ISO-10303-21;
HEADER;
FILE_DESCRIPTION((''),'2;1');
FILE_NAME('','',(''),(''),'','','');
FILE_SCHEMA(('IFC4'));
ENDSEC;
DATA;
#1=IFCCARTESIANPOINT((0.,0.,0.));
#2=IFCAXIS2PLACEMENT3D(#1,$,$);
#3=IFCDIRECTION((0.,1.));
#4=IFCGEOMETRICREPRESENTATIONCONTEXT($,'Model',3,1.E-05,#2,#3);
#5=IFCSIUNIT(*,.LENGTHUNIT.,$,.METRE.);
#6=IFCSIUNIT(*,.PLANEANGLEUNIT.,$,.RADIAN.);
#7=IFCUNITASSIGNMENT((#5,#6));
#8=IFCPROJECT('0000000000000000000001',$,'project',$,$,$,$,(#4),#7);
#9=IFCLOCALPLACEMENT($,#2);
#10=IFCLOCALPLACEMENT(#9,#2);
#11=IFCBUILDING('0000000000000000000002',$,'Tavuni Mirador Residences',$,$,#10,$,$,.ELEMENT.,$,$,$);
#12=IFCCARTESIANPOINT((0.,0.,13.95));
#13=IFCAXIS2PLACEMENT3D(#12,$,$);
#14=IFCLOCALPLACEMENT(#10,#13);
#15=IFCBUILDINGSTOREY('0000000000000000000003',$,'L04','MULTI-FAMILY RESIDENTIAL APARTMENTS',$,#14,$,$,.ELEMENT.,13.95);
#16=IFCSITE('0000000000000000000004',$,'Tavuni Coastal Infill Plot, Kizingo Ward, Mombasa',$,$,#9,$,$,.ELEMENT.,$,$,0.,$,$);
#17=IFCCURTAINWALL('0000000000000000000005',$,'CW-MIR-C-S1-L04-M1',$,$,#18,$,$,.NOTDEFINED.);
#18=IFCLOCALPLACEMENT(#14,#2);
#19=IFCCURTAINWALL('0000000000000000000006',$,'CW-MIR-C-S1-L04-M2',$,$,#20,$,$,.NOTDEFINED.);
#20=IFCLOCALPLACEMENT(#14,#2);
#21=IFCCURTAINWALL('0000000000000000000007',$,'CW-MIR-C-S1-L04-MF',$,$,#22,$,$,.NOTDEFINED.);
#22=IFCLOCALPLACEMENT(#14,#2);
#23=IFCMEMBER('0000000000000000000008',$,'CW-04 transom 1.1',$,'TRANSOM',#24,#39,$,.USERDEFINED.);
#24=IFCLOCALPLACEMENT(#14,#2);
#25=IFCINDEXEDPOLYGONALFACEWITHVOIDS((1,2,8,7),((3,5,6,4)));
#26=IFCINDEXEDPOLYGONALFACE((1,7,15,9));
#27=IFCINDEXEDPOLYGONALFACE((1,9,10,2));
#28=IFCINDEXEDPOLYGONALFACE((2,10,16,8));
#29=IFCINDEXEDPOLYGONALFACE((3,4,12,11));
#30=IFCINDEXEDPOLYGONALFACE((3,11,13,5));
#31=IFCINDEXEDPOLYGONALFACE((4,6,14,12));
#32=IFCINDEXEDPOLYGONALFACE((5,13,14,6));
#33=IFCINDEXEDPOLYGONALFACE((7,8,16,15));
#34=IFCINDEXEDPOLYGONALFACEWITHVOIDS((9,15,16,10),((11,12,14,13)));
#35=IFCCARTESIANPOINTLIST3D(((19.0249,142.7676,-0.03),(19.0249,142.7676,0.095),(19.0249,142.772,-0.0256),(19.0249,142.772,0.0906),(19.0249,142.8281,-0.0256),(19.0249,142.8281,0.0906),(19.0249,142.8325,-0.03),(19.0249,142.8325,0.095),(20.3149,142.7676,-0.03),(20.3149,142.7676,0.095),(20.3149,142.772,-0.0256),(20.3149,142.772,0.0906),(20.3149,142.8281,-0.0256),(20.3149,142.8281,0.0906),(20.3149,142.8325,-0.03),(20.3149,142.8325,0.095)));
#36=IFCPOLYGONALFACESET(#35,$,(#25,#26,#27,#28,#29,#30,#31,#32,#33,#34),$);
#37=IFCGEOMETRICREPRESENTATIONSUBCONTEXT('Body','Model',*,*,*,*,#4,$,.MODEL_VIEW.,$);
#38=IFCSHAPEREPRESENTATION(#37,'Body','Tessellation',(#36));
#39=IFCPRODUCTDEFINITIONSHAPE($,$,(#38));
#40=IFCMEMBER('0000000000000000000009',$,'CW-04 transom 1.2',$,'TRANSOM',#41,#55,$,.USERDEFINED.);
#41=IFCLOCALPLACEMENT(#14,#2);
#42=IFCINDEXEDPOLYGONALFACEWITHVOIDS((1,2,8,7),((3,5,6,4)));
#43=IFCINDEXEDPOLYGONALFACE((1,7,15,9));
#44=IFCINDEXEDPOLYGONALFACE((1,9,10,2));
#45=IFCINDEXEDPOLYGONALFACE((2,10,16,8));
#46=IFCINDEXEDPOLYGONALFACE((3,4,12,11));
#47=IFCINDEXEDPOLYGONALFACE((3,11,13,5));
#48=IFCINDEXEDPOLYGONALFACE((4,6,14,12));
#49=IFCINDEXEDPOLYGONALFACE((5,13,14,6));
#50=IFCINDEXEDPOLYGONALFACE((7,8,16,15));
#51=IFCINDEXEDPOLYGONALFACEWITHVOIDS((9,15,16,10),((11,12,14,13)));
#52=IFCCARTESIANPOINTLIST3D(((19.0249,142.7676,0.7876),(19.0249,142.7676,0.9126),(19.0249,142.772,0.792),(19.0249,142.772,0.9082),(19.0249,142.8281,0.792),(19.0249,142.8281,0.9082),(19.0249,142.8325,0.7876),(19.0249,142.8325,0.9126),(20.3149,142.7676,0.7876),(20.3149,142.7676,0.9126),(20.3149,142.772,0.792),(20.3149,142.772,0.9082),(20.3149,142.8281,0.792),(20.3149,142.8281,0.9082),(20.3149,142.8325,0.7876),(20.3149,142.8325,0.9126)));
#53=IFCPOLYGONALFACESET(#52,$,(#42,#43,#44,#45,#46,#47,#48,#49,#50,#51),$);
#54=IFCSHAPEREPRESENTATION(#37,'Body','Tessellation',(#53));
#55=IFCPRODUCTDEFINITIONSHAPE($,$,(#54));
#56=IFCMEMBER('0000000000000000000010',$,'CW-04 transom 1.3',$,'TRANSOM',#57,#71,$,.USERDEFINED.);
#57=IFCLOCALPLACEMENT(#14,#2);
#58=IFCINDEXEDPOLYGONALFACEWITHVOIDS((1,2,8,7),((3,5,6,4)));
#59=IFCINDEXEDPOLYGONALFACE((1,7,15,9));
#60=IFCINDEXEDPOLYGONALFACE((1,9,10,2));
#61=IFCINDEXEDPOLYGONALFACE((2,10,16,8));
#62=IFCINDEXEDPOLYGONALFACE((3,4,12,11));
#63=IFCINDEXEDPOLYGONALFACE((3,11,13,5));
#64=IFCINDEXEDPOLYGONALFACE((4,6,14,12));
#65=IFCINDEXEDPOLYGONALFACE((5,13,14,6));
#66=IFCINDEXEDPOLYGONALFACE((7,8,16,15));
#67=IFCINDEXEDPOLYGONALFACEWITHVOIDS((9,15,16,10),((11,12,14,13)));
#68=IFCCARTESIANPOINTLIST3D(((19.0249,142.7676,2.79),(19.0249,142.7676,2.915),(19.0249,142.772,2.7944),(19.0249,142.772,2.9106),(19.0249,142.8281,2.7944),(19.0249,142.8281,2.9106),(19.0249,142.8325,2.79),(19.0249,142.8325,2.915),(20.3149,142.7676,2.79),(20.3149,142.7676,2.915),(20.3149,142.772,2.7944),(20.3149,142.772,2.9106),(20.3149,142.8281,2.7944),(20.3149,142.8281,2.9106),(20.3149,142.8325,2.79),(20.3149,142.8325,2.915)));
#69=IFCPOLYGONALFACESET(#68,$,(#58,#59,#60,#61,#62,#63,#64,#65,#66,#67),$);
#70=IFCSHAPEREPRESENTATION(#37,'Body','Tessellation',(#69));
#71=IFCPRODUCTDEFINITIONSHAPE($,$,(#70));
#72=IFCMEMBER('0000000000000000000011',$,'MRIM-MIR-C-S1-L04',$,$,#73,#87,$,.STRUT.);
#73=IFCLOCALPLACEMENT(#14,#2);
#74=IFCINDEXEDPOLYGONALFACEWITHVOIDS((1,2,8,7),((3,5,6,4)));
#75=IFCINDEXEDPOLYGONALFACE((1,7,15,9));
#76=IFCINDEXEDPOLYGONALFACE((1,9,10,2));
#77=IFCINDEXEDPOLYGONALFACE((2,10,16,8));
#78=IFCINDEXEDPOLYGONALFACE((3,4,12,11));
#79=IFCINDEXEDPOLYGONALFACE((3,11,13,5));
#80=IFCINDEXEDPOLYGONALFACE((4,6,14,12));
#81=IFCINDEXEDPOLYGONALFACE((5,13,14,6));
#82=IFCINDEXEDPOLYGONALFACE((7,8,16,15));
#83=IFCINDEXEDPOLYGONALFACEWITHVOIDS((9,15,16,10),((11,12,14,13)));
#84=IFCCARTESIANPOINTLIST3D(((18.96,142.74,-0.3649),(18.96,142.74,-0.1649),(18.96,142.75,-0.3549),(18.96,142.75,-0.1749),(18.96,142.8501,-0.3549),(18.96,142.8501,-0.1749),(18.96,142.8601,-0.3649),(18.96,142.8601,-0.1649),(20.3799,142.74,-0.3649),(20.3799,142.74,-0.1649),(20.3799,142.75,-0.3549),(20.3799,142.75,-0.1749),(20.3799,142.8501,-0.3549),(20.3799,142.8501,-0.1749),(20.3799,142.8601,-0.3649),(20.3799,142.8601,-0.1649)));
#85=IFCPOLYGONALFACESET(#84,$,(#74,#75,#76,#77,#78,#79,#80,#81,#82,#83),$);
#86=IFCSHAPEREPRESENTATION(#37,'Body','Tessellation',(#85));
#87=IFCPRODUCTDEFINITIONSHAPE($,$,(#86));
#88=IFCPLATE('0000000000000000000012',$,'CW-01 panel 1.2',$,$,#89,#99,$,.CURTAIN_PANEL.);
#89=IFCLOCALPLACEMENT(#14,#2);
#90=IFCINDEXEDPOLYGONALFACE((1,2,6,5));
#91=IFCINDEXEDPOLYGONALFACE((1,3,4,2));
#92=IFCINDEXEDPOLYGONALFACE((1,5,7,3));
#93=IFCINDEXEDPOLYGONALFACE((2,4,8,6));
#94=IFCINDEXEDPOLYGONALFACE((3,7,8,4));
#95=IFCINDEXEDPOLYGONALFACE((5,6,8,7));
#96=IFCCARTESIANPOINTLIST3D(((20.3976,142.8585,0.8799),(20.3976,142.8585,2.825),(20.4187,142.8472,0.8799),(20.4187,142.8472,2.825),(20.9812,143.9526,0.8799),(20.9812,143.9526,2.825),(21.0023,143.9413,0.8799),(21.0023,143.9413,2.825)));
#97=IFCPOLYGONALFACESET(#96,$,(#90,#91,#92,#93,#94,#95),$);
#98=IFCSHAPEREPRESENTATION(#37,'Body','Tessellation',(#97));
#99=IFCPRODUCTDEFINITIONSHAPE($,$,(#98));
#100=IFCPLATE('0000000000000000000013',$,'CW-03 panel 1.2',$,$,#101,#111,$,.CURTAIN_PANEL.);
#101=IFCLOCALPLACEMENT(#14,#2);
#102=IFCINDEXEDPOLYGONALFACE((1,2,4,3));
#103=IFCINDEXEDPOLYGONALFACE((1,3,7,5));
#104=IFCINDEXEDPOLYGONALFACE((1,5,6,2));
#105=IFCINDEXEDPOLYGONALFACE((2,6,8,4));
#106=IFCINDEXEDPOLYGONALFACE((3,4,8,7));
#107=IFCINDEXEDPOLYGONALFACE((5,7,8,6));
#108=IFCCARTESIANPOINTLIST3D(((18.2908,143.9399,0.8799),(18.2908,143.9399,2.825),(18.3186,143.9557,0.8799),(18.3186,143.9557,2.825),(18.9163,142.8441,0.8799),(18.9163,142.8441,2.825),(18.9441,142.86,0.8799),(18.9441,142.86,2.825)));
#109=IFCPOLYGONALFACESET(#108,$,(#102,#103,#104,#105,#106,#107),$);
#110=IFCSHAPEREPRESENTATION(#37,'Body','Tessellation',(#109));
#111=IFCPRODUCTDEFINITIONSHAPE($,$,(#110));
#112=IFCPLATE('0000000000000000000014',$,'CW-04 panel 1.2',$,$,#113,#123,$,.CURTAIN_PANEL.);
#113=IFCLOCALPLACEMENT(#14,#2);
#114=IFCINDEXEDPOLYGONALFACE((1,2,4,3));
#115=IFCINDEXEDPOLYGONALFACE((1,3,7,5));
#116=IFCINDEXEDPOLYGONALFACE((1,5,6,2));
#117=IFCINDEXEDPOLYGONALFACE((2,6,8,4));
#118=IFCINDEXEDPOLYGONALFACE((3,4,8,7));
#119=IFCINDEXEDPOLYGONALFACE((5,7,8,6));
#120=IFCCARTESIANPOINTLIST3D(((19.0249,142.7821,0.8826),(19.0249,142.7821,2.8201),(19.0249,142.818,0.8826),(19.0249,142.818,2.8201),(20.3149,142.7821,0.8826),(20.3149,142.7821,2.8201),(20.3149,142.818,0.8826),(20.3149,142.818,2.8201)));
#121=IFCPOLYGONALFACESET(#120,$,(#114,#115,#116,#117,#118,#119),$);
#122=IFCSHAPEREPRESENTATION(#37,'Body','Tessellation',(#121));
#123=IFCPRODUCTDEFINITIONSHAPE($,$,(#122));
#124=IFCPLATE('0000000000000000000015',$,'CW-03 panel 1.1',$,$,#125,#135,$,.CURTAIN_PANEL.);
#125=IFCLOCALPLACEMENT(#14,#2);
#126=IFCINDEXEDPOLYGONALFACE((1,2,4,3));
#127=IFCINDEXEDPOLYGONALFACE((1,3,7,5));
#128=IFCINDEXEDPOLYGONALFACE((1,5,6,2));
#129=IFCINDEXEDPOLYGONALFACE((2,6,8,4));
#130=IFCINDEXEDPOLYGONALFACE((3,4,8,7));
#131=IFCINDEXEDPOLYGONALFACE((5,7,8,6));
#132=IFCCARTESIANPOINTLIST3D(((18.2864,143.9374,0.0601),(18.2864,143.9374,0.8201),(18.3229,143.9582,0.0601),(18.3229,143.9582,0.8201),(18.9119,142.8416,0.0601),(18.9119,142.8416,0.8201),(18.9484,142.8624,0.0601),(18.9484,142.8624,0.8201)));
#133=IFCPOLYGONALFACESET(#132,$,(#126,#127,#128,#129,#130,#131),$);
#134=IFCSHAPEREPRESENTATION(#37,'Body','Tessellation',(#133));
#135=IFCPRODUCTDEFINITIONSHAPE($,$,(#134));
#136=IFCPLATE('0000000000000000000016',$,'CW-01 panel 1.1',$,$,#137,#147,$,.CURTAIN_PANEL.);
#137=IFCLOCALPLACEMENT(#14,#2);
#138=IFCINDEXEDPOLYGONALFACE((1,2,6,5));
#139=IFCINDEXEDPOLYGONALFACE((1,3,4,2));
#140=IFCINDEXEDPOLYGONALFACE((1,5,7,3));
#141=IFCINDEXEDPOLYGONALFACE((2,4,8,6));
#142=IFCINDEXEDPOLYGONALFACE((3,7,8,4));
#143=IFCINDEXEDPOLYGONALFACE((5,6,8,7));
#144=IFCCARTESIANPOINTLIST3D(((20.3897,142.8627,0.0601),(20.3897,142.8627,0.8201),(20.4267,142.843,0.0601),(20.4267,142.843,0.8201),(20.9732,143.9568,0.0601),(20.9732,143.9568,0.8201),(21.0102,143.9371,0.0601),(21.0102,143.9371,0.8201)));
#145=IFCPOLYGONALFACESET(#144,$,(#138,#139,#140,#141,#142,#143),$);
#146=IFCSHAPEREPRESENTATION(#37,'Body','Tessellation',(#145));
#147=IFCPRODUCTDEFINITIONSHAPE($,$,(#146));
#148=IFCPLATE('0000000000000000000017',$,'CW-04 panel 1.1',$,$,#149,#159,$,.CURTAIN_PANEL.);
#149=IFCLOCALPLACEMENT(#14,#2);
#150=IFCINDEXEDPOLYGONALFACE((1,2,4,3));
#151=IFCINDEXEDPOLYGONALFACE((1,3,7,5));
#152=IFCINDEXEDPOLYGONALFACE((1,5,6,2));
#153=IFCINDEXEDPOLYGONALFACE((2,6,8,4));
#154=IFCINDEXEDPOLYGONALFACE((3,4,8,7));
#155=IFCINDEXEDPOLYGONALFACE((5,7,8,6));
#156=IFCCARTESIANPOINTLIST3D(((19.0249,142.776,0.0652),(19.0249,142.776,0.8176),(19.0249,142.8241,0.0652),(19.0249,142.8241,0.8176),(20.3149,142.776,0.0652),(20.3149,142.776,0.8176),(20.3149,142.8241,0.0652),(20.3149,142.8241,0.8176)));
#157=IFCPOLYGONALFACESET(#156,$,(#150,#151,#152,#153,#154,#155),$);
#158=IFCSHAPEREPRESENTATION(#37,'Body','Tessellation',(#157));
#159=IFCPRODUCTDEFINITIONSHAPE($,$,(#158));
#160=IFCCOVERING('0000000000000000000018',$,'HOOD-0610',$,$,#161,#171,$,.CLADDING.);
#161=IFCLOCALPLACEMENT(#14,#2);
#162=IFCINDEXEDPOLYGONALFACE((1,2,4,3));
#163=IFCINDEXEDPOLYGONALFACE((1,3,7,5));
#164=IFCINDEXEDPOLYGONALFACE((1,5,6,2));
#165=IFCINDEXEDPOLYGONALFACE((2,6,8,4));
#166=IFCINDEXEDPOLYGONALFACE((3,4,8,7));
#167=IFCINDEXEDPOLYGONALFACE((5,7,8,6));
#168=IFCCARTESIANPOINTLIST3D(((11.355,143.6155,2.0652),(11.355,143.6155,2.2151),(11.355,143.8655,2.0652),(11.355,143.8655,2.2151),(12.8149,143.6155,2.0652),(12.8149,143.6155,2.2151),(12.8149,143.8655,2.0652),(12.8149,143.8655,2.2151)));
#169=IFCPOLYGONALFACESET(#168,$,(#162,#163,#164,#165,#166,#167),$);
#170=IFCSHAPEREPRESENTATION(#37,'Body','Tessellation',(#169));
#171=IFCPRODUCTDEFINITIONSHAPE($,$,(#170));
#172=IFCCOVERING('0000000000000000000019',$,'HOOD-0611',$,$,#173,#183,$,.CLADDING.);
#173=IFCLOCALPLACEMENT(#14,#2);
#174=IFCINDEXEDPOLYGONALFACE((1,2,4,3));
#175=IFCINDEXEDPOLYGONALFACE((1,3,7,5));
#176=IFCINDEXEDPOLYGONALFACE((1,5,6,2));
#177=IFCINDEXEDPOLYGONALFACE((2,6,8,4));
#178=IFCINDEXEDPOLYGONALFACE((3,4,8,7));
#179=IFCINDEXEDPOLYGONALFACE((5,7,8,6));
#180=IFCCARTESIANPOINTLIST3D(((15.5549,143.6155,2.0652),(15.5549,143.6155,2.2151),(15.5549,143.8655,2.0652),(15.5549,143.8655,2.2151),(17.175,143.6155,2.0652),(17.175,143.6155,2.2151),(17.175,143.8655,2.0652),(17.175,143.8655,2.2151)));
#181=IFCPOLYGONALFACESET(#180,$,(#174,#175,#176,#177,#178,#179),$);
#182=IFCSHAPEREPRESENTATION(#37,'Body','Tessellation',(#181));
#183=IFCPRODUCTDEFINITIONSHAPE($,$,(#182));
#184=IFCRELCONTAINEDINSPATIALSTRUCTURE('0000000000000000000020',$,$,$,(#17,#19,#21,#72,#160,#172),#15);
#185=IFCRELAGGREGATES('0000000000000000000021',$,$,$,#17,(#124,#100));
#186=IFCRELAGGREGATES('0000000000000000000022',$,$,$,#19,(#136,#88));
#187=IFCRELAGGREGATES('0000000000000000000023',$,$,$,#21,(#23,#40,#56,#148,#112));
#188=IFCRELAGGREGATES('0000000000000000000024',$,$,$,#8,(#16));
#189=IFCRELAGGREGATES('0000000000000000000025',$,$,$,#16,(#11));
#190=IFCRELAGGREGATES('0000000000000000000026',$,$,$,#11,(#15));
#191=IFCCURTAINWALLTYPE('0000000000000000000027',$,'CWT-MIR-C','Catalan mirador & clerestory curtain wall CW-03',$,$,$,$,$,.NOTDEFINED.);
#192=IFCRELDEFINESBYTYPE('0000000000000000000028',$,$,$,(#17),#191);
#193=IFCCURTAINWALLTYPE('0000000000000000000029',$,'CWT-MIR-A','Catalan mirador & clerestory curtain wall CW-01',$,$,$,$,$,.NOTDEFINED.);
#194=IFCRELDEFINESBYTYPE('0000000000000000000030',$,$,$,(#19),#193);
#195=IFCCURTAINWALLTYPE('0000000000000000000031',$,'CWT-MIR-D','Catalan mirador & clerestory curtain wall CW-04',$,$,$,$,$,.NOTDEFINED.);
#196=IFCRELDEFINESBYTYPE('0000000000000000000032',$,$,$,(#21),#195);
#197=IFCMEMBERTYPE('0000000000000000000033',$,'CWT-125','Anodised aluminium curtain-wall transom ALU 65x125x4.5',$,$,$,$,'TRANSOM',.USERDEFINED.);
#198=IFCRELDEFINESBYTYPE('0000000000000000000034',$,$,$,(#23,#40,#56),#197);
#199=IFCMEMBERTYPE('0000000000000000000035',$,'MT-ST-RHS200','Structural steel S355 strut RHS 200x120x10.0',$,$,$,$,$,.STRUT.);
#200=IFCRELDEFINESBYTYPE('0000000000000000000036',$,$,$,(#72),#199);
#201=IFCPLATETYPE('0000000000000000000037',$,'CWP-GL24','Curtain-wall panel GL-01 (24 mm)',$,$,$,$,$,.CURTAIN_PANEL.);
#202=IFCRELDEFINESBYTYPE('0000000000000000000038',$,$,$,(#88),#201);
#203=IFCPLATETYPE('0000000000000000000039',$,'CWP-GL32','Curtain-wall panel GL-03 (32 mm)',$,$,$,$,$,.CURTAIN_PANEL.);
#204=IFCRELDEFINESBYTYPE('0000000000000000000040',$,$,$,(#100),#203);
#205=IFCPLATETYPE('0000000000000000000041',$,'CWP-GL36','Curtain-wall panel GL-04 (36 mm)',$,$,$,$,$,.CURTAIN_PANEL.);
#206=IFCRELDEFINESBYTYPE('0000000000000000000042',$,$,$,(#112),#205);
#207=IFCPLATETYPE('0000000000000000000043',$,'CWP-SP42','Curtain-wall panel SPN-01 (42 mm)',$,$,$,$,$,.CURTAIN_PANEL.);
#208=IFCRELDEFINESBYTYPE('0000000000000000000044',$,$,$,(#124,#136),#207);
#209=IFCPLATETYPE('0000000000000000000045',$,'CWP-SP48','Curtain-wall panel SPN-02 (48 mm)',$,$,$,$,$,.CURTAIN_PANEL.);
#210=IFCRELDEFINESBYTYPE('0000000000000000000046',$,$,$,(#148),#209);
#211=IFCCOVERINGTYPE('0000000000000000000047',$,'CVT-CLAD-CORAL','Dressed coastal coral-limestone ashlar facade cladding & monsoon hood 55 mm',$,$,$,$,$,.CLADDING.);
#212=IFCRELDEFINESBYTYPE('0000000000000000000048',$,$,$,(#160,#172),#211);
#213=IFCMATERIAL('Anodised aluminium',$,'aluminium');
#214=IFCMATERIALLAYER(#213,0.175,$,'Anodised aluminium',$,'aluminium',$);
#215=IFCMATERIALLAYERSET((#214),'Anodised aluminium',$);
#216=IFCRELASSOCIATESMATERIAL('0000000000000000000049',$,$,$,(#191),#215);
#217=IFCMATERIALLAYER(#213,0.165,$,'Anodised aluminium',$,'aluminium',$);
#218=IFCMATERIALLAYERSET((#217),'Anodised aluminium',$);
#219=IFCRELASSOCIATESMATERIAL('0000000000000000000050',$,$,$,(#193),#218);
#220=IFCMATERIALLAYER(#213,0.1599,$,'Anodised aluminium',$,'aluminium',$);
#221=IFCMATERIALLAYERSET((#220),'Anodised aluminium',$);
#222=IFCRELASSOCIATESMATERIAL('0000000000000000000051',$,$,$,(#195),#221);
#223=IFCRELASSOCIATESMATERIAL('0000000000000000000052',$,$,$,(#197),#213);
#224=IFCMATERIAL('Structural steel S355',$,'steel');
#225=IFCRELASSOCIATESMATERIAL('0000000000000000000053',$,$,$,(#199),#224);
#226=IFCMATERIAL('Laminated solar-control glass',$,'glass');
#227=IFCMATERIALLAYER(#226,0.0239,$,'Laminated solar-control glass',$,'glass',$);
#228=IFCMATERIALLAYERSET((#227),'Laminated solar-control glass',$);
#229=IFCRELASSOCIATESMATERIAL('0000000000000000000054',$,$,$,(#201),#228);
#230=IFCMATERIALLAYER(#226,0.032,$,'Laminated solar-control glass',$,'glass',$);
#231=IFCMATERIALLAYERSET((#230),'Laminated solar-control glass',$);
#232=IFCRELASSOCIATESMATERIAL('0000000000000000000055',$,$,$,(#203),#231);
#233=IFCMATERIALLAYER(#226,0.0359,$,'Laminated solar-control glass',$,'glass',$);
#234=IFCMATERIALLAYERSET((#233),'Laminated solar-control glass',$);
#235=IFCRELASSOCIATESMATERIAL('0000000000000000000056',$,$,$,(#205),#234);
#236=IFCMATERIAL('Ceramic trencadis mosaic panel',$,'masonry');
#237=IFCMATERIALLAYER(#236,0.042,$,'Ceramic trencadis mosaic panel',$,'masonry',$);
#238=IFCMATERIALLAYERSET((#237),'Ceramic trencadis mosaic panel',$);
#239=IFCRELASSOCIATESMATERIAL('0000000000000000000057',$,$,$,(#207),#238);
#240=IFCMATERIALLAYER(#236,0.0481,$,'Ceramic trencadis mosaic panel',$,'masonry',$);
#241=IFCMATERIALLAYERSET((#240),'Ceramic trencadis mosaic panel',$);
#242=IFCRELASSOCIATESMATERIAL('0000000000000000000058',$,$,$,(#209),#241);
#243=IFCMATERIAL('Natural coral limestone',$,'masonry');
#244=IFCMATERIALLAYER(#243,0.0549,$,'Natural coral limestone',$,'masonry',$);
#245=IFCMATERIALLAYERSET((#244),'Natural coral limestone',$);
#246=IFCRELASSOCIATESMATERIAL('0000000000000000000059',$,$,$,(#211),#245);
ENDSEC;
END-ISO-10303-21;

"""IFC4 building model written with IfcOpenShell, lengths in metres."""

from ifc_helpers import new_model, si_unit, direction, frame, origin, origin_2d, place, context, subcontext, project, spatial, rectangle, hollow_rectangle, extrude, material, layer, layer_set, material_profile, profile_set, type_object, element, aggregate, save


model = new_model("IFC4")

# Units and contexts
model_context = context("Model", 3, precision=1e-05, world=origin(), true_north=direction((0.0, 1.0)))
body_context = subcontext(model_context, "Body", "Model", "MODEL_VIEW")
ifc_project = project(units=[si_unit("LENGTHUNIT", "METRE"), si_unit("PLANEANGLEUNIT", "RADIAN")], contexts=[model_context])

# Site, building, storey
site_placement = place(None, origin())
site = spatial("IfcSite", under=ifc_project, at=site_placement, Name="Tavuni Coastal Infill Plot, Kizingo Ward, Mombasa", CompositionType="ELEMENT", RefElevation=0.0)
building_placement = place(site_placement, origin())
building = spatial("IfcBuilding", under=site, at=building_placement, Name="Tavuni Mirador Residences", CompositionType="ELEMENT")
storey_placement = place(building_placement, frame((0.0, 0.0, 13.95)))
storey = spatial("IfcBuildingStorey", under=building, at=storey_placement, Name="L04", Description="MULTI-FAMILY RESIDENTIAL APARTMENTS", CompositionType="ELEMENT", Elevation=13.95)

# Curtain walls
ifc_material_1 = material(Name="Anodised aluminium", Category="aluminium")
ifc_layer_1 = layer(ifc_material_1, 0.175, Name="Anodised aluminium", Category="aluminium")
ifc_layer_set_1 = layer_set([ifc_layer_1], Name="Anodised aluminium")
curtain_wall_type_1 = type_object("IfcCurtainWallType", Name="CWT-MIR-C", Description="Catalan mirador & clerestory curtain wall CW-03", PredefinedType="NOTDEFINED", material=ifc_layer_set_1)
curtain_wall_1_placement = place(storey_placement, origin())
curtain_wall_1 = element("IfcCurtainWall", 1, at=curtain_wall_1_placement, inside=storey, type_object=curtain_wall_type_1, Name="CW-MIR-C-S1-L04-M1", PredefinedType="NOTDEFINED")
ifc_layer_2 = layer(ifc_material_1, 0.165, Name="Anodised aluminium", Category="aluminium")
ifc_layer_set_2 = layer_set([ifc_layer_2], Name="Anodised aluminium")
curtain_wall_type_2 = type_object("IfcCurtainWallType", Name="CWT-MIR-A", Description="Catalan mirador & clerestory curtain wall CW-01", PredefinedType="NOTDEFINED", material=ifc_layer_set_2)
curtain_wall_2_placement = place(storey_placement, origin())
curtain_wall_2 = element("IfcCurtainWall", 2, at=curtain_wall_2_placement, inside=storey, type_object=curtain_wall_type_2, Name="CW-MIR-C-S1-L04-M2", PredefinedType="NOTDEFINED")

# Curtain wall
ifc_layer_3 = layer(ifc_material_1, 0.1599, Name="Anodised aluminium", Category="aluminium")
ifc_layer_set_3 = layer_set([ifc_layer_3], Name="Anodised aluminium")
curtain_wall_type_3 = type_object("IfcCurtainWallType", Name="CWT-MIR-D", Description="Catalan mirador & clerestory curtain wall CW-04", PredefinedType="NOTDEFINED", material=ifc_layer_set_3)
curtain_wall_3_placement = place(storey_placement, origin())
curtain_wall_3 = element("IfcCurtainWall", 3, at=curtain_wall_3_placement, inside=storey, type_object=curtain_wall_type_3, Name="CW-MIR-C-S1-L04-MF", PredefinedType="NOTDEFINED")

# Members
ifc_material_profile_1 = material_profile(ifc_material_1, hollow_rectangle(XDim=0.0649, YDim=0.125, WallThickness=0.0044, at=origin_2d()), Name="ALU 65x125x4.5", Category="aluminium")
ifc_profile_set_1 = profile_set([ifc_material_profile_1], Name="Anodised aluminium")
member_type_1 = type_object("IfcMemberType", Name="CWT-125", Description="Anodised aluminium curtain-wall transom ALU 65x125x4.5", ElementType="TRANSOM", PredefinedType="USERDEFINED", material=ifc_profile_set_1)
member_1_placement = place(storey_placement, frame((19.0249, 142.8, 0.0325), z_axis=(1.0, 0.0, 0.0), x_axis=(0.0, 1.0, 0.0)))
member_1 = element("IfcMember", 4, at=member_1_placement, type_object=member_type_1, Name="CW-04 transom 1.1", ObjectType="TRANSOM", PredefinedType="USERDEFINED", context=body_context, shape_type="SweptSolid", body=[
    extrude(hollow_rectangle(XDim=0.0649, YDim=0.125, WallThickness=0.0044, at=origin_2d()), origin(), (0.0, 0.0, 1.0), 1.29),
])
member_2_placement = place(storey_placement, frame((19.0249, 142.8, 0.8501), z_axis=(1.0, 0.0, 0.0), x_axis=(0.0, 1.0, 0.0)))
member_2 = element("IfcMember", 5, at=member_2_placement, type_object=member_type_1, Name="CW-04 transom 1.2", ObjectType="TRANSOM", PredefinedType="USERDEFINED", context=body_context, shape_type="SweptSolid", body=[
    extrude(hollow_rectangle(XDim=0.0649, YDim=0.125, WallThickness=0.0044, at=origin_2d()), origin(), (0.0, 0.0, 1.0), 1.29),
])
member_3_placement = place(storey_placement, frame((19.0249, 142.8, 2.8525), z_axis=(1.0, 0.0, 0.0), x_axis=(0.0, 1.0, 0.0)))
member_3 = element("IfcMember", 6, at=member_3_placement, type_object=member_type_1, Name="CW-04 transom 1.3", ObjectType="TRANSOM", PredefinedType="USERDEFINED", context=body_context, shape_type="SweptSolid", body=[
    extrude(hollow_rectangle(XDim=0.0649, YDim=0.125, WallThickness=0.0044, at=origin_2d()), origin(), (0.0, 0.0, 1.0), 1.29),
])
ifc_material_2 = material(Name="Structural steel S355", Category="steel")
ifc_material_profile_2 = material_profile(ifc_material_2, hollow_rectangle(XDim=0.1201, YDim=0.2, WallThickness=0.01, at=origin_2d()), Name="RHS 200x120x10.0", Category="steel")
ifc_profile_set_2 = profile_set([ifc_material_profile_2], Name="Structural steel S355")
member_type_2 = type_object("IfcMemberType", Name="MT-ST-RHS200", Description="Structural steel S355 strut RHS 200x120x10.0", PredefinedType="STRUT", material=ifc_profile_set_2)
member_4_placement = place(storey_placement, frame((18.96, 142.8, -0.2649), z_axis=(1.0, 0.0, 0.0), x_axis=(0.0, 1.0, 0.0)))
element("IfcMember", 7, at=member_4_placement, inside=storey, type_object=member_type_2, Name="MRIM-MIR-C-S1-L04", PredefinedType="STRUT", context=body_context, shape_type="SweptSolid", body=[
    extrude(hollow_rectangle(XDim=0.1201, YDim=0.2, WallThickness=0.01, at=origin_2d()), origin(), (0.0, 0.0, 1.0), 1.4199),
])

# Plates
ifc_material_3 = material(Name="Laminated solar-control glass", Category="glass")
ifc_layer_4 = layer(ifc_material_3, 0.0239, Name="Laminated solar-control glass", Category="glass")
ifc_layer_set_4 = layer_set([ifc_layer_4], Name="Laminated solar-control glass")
plate_type_1 = type_object("IfcPlateType", Name="CWP-GL24", Description="Curtain-wall panel GL-01 (24 mm)", PredefinedType="CURTAIN_PANEL", material=ifc_layer_set_4)
plate_1_placement = place(storey_placement, frame((20.7, 143.3999, 0.8799), z_axis=(0.0, 0.0, 1.0), x_axis=(0.470588, 0.882353, 0.0)))
plate_1 = element("IfcPlate", 8, at=plate_1_placement, type_object=plate_type_1, Name="CW-01 panel 1.2", PredefinedType="CURTAIN_PANEL", context=body_context, shape_type="SweptSolid", body=[
    extrude(rectangle(XDim=1.24, YDim=0.0239, at=origin_2d()), origin(), (0.0, 0.0, 1.0), 1.9451),
])
ifc_layer_5 = layer(ifc_material_3, 0.032, Name="Laminated solar-control glass", Category="glass")
ifc_layer_set_5 = layer_set([ifc_layer_5], Name="Laminated solar-control glass")
plate_type_2 = type_object("IfcPlateType", Name="CWP-GL32", Description="Curtain-wall panel GL-03 (32 mm)", PredefinedType="CURTAIN_PANEL", material=ifc_layer_set_5)
plate_2_placement = place(storey_placement, frame((18.6174, 143.3999, 0.8799), z_axis=(0.0, 0.0, 1.0), x_axis=(0.495749, -0.868466, 0.0)))
plate_2 = element("IfcPlate", 9, at=plate_2_placement, type_object=plate_type_2, Name="CW-03 panel 1.2", PredefinedType="CURTAIN_PANEL", context=body_context, shape_type="SweptSolid", body=[
    extrude(rectangle(XDim=1.2617, YDim=0.032, at=origin_2d()), origin(), (0.0, 0.0, 1.0), 1.9451),
])
ifc_layer_6 = layer(ifc_material_3, 0.0359, Name="Laminated solar-control glass", Category="glass")
ifc_layer_set_6 = layer_set([ifc_layer_6], Name="Laminated solar-control glass")
plate_type_3 = type_object("IfcPlateType", Name="CWP-GL36", Description="Curtain-wall panel GL-04 (36 mm)", PredefinedType="CURTAIN_PANEL", material=ifc_layer_set_6)
plate_3_placement = place(storey_placement, frame((19.6699, 142.8, 0.8826), z_axis=(0.0, 0.0, 1.0), x_axis=(1.0, 0.0, 0.0)))
plate_3 = element("IfcPlate", 10, at=plate_3_placement, type_object=plate_type_3, Name="CW-04 panel 1.2", PredefinedType="CURTAIN_PANEL", context=body_context, shape_type="SweptSolid", body=[
    extrude(rectangle(XDim=1.29, YDim=0.0359, at=origin_2d()), origin(), (0.0, 0.0, 1.0), 1.9375),
])
ifc_material_4 = material(Name="Ceramic trencadis mosaic panel", Category="masonry")
ifc_layer_7 = layer(ifc_material_4, 0.042, Name="Ceramic trencadis mosaic panel", Category="masonry")
ifc_layer_set_7 = layer_set([ifc_layer_7], Name="Ceramic trencadis mosaic panel")
plate_type_4 = type_object("IfcPlateType", Name="CWP-SP42", Description="Curtain-wall panel SPN-01 (42 mm)", PredefinedType="CURTAIN_PANEL", material=ifc_layer_set_7)
plate_4_placement = place(storey_placement, frame((18.6174, 143.3999, 0.0601), z_axis=(0.0, 0.0, 1.0), x_axis=(0.495749, -0.868466, 0.0)))
plate_4 = element("IfcPlate", 11, at=plate_4_placement, type_object=plate_type_4, Name="CW-03 panel 1.1", PredefinedType="CURTAIN_PANEL", context=body_context, shape_type="SweptSolid", body=[
    extrude(rectangle(XDim=1.2617, YDim=0.042, at=origin_2d()), origin(), (0.0, 0.0, 1.0), 0.76),
])
aggregate(curtain_wall_1, [plate_4, plate_2])
plate_5_placement = place(storey_placement, frame((20.7, 143.3999, 0.0601), z_axis=(0.0, 0.0, 1.0), x_axis=(0.470588, 0.882353, 0.0)))
plate_5 = element("IfcPlate", 12, at=plate_5_placement, type_object=plate_type_4, Name="CW-01 panel 1.1", PredefinedType="CURTAIN_PANEL", context=body_context, shape_type="SweptSolid", body=[
    extrude(rectangle(XDim=1.24, YDim=0.042, at=origin_2d()), origin(), (0.0, 0.0, 1.0), 0.76),
])
aggregate(curtain_wall_2, [plate_5, plate_1])
ifc_layer_8 = layer(ifc_material_4, 0.0481, Name="Ceramic trencadis mosaic panel", Category="masonry")
ifc_layer_set_8 = layer_set([ifc_layer_8], Name="Ceramic trencadis mosaic panel")
plate_type_5 = type_object("IfcPlateType", Name="CWP-SP48", Description="Curtain-wall panel SPN-02 (48 mm)", PredefinedType="CURTAIN_PANEL", material=ifc_layer_set_8)
plate_6_placement = place(storey_placement, frame((19.6699, 142.8, 0.0652), z_axis=(0.0, 0.0, 1.0), x_axis=(1.0, 0.0, 0.0)))
plate_6 = element("IfcPlate", 13, at=plate_6_placement, type_object=plate_type_5, Name="CW-04 panel 1.1", PredefinedType="CURTAIN_PANEL", context=body_context, shape_type="SweptSolid", body=[
    extrude(rectangle(XDim=1.29, YDim=0.0481, at=origin_2d()), origin(), (0.0, 0.0, 1.0), 0.7524),
])
aggregate(curtain_wall_3, [member_1, member_2, member_3, plate_6, plate_3])

# Coverings
ifc_material_5 = material(Name="Natural coral limestone", Category="masonry")
ifc_layer_9 = layer(ifc_material_5, 0.0549, Name="Natural coral limestone", Category="masonry")
ifc_layer_set_9 = layer_set([ifc_layer_9], Name="Natural coral limestone")
covering_type = type_object("IfcCoveringType", Name="CVT-CLAD-CORAL", Description="Dressed coastal coral-limestone ashlar facade cladding & monsoon hood 55 mm", PredefinedType="CLADDING", material=ifc_layer_set_9)
covering_1_placement = place(storey_placement, frame((12.085, 143.7405, 2.0652), z_axis=(0.0, 0.0, 1.0), x_axis=(1.0, 0.0, 0.0)))
element("IfcCovering", 14, at=covering_1_placement, inside=storey, type_object=covering_type, Name="HOOD-0610", PredefinedType="CLADDING", context=body_context, shape_type="SweptSolid", body=[
    extrude(rectangle(XDim=1.46, YDim=0.25, at=origin_2d()), origin(), (0.0, 0.0, 1.0), 0.1499),
])
covering_2_placement = place(storey_placement, frame((16.365, 143.7405, 2.0652), z_axis=(0.0, 0.0, 1.0), x_axis=(1.0, 0.0, 0.0)))
element("IfcCovering", 15, at=covering_2_placement, inside=storey, type_object=covering_type, Name="HOOD-0611", PredefinedType="CLADDING", context=body_context, shape_type="SweptSolid", body=[
    extrude(rectangle(XDim=1.6201, YDim=0.25, at=origin_2d()), origin(), (0.0, 0.0, 1.0), 0.1499),
])

save(model, "model.ifc")
